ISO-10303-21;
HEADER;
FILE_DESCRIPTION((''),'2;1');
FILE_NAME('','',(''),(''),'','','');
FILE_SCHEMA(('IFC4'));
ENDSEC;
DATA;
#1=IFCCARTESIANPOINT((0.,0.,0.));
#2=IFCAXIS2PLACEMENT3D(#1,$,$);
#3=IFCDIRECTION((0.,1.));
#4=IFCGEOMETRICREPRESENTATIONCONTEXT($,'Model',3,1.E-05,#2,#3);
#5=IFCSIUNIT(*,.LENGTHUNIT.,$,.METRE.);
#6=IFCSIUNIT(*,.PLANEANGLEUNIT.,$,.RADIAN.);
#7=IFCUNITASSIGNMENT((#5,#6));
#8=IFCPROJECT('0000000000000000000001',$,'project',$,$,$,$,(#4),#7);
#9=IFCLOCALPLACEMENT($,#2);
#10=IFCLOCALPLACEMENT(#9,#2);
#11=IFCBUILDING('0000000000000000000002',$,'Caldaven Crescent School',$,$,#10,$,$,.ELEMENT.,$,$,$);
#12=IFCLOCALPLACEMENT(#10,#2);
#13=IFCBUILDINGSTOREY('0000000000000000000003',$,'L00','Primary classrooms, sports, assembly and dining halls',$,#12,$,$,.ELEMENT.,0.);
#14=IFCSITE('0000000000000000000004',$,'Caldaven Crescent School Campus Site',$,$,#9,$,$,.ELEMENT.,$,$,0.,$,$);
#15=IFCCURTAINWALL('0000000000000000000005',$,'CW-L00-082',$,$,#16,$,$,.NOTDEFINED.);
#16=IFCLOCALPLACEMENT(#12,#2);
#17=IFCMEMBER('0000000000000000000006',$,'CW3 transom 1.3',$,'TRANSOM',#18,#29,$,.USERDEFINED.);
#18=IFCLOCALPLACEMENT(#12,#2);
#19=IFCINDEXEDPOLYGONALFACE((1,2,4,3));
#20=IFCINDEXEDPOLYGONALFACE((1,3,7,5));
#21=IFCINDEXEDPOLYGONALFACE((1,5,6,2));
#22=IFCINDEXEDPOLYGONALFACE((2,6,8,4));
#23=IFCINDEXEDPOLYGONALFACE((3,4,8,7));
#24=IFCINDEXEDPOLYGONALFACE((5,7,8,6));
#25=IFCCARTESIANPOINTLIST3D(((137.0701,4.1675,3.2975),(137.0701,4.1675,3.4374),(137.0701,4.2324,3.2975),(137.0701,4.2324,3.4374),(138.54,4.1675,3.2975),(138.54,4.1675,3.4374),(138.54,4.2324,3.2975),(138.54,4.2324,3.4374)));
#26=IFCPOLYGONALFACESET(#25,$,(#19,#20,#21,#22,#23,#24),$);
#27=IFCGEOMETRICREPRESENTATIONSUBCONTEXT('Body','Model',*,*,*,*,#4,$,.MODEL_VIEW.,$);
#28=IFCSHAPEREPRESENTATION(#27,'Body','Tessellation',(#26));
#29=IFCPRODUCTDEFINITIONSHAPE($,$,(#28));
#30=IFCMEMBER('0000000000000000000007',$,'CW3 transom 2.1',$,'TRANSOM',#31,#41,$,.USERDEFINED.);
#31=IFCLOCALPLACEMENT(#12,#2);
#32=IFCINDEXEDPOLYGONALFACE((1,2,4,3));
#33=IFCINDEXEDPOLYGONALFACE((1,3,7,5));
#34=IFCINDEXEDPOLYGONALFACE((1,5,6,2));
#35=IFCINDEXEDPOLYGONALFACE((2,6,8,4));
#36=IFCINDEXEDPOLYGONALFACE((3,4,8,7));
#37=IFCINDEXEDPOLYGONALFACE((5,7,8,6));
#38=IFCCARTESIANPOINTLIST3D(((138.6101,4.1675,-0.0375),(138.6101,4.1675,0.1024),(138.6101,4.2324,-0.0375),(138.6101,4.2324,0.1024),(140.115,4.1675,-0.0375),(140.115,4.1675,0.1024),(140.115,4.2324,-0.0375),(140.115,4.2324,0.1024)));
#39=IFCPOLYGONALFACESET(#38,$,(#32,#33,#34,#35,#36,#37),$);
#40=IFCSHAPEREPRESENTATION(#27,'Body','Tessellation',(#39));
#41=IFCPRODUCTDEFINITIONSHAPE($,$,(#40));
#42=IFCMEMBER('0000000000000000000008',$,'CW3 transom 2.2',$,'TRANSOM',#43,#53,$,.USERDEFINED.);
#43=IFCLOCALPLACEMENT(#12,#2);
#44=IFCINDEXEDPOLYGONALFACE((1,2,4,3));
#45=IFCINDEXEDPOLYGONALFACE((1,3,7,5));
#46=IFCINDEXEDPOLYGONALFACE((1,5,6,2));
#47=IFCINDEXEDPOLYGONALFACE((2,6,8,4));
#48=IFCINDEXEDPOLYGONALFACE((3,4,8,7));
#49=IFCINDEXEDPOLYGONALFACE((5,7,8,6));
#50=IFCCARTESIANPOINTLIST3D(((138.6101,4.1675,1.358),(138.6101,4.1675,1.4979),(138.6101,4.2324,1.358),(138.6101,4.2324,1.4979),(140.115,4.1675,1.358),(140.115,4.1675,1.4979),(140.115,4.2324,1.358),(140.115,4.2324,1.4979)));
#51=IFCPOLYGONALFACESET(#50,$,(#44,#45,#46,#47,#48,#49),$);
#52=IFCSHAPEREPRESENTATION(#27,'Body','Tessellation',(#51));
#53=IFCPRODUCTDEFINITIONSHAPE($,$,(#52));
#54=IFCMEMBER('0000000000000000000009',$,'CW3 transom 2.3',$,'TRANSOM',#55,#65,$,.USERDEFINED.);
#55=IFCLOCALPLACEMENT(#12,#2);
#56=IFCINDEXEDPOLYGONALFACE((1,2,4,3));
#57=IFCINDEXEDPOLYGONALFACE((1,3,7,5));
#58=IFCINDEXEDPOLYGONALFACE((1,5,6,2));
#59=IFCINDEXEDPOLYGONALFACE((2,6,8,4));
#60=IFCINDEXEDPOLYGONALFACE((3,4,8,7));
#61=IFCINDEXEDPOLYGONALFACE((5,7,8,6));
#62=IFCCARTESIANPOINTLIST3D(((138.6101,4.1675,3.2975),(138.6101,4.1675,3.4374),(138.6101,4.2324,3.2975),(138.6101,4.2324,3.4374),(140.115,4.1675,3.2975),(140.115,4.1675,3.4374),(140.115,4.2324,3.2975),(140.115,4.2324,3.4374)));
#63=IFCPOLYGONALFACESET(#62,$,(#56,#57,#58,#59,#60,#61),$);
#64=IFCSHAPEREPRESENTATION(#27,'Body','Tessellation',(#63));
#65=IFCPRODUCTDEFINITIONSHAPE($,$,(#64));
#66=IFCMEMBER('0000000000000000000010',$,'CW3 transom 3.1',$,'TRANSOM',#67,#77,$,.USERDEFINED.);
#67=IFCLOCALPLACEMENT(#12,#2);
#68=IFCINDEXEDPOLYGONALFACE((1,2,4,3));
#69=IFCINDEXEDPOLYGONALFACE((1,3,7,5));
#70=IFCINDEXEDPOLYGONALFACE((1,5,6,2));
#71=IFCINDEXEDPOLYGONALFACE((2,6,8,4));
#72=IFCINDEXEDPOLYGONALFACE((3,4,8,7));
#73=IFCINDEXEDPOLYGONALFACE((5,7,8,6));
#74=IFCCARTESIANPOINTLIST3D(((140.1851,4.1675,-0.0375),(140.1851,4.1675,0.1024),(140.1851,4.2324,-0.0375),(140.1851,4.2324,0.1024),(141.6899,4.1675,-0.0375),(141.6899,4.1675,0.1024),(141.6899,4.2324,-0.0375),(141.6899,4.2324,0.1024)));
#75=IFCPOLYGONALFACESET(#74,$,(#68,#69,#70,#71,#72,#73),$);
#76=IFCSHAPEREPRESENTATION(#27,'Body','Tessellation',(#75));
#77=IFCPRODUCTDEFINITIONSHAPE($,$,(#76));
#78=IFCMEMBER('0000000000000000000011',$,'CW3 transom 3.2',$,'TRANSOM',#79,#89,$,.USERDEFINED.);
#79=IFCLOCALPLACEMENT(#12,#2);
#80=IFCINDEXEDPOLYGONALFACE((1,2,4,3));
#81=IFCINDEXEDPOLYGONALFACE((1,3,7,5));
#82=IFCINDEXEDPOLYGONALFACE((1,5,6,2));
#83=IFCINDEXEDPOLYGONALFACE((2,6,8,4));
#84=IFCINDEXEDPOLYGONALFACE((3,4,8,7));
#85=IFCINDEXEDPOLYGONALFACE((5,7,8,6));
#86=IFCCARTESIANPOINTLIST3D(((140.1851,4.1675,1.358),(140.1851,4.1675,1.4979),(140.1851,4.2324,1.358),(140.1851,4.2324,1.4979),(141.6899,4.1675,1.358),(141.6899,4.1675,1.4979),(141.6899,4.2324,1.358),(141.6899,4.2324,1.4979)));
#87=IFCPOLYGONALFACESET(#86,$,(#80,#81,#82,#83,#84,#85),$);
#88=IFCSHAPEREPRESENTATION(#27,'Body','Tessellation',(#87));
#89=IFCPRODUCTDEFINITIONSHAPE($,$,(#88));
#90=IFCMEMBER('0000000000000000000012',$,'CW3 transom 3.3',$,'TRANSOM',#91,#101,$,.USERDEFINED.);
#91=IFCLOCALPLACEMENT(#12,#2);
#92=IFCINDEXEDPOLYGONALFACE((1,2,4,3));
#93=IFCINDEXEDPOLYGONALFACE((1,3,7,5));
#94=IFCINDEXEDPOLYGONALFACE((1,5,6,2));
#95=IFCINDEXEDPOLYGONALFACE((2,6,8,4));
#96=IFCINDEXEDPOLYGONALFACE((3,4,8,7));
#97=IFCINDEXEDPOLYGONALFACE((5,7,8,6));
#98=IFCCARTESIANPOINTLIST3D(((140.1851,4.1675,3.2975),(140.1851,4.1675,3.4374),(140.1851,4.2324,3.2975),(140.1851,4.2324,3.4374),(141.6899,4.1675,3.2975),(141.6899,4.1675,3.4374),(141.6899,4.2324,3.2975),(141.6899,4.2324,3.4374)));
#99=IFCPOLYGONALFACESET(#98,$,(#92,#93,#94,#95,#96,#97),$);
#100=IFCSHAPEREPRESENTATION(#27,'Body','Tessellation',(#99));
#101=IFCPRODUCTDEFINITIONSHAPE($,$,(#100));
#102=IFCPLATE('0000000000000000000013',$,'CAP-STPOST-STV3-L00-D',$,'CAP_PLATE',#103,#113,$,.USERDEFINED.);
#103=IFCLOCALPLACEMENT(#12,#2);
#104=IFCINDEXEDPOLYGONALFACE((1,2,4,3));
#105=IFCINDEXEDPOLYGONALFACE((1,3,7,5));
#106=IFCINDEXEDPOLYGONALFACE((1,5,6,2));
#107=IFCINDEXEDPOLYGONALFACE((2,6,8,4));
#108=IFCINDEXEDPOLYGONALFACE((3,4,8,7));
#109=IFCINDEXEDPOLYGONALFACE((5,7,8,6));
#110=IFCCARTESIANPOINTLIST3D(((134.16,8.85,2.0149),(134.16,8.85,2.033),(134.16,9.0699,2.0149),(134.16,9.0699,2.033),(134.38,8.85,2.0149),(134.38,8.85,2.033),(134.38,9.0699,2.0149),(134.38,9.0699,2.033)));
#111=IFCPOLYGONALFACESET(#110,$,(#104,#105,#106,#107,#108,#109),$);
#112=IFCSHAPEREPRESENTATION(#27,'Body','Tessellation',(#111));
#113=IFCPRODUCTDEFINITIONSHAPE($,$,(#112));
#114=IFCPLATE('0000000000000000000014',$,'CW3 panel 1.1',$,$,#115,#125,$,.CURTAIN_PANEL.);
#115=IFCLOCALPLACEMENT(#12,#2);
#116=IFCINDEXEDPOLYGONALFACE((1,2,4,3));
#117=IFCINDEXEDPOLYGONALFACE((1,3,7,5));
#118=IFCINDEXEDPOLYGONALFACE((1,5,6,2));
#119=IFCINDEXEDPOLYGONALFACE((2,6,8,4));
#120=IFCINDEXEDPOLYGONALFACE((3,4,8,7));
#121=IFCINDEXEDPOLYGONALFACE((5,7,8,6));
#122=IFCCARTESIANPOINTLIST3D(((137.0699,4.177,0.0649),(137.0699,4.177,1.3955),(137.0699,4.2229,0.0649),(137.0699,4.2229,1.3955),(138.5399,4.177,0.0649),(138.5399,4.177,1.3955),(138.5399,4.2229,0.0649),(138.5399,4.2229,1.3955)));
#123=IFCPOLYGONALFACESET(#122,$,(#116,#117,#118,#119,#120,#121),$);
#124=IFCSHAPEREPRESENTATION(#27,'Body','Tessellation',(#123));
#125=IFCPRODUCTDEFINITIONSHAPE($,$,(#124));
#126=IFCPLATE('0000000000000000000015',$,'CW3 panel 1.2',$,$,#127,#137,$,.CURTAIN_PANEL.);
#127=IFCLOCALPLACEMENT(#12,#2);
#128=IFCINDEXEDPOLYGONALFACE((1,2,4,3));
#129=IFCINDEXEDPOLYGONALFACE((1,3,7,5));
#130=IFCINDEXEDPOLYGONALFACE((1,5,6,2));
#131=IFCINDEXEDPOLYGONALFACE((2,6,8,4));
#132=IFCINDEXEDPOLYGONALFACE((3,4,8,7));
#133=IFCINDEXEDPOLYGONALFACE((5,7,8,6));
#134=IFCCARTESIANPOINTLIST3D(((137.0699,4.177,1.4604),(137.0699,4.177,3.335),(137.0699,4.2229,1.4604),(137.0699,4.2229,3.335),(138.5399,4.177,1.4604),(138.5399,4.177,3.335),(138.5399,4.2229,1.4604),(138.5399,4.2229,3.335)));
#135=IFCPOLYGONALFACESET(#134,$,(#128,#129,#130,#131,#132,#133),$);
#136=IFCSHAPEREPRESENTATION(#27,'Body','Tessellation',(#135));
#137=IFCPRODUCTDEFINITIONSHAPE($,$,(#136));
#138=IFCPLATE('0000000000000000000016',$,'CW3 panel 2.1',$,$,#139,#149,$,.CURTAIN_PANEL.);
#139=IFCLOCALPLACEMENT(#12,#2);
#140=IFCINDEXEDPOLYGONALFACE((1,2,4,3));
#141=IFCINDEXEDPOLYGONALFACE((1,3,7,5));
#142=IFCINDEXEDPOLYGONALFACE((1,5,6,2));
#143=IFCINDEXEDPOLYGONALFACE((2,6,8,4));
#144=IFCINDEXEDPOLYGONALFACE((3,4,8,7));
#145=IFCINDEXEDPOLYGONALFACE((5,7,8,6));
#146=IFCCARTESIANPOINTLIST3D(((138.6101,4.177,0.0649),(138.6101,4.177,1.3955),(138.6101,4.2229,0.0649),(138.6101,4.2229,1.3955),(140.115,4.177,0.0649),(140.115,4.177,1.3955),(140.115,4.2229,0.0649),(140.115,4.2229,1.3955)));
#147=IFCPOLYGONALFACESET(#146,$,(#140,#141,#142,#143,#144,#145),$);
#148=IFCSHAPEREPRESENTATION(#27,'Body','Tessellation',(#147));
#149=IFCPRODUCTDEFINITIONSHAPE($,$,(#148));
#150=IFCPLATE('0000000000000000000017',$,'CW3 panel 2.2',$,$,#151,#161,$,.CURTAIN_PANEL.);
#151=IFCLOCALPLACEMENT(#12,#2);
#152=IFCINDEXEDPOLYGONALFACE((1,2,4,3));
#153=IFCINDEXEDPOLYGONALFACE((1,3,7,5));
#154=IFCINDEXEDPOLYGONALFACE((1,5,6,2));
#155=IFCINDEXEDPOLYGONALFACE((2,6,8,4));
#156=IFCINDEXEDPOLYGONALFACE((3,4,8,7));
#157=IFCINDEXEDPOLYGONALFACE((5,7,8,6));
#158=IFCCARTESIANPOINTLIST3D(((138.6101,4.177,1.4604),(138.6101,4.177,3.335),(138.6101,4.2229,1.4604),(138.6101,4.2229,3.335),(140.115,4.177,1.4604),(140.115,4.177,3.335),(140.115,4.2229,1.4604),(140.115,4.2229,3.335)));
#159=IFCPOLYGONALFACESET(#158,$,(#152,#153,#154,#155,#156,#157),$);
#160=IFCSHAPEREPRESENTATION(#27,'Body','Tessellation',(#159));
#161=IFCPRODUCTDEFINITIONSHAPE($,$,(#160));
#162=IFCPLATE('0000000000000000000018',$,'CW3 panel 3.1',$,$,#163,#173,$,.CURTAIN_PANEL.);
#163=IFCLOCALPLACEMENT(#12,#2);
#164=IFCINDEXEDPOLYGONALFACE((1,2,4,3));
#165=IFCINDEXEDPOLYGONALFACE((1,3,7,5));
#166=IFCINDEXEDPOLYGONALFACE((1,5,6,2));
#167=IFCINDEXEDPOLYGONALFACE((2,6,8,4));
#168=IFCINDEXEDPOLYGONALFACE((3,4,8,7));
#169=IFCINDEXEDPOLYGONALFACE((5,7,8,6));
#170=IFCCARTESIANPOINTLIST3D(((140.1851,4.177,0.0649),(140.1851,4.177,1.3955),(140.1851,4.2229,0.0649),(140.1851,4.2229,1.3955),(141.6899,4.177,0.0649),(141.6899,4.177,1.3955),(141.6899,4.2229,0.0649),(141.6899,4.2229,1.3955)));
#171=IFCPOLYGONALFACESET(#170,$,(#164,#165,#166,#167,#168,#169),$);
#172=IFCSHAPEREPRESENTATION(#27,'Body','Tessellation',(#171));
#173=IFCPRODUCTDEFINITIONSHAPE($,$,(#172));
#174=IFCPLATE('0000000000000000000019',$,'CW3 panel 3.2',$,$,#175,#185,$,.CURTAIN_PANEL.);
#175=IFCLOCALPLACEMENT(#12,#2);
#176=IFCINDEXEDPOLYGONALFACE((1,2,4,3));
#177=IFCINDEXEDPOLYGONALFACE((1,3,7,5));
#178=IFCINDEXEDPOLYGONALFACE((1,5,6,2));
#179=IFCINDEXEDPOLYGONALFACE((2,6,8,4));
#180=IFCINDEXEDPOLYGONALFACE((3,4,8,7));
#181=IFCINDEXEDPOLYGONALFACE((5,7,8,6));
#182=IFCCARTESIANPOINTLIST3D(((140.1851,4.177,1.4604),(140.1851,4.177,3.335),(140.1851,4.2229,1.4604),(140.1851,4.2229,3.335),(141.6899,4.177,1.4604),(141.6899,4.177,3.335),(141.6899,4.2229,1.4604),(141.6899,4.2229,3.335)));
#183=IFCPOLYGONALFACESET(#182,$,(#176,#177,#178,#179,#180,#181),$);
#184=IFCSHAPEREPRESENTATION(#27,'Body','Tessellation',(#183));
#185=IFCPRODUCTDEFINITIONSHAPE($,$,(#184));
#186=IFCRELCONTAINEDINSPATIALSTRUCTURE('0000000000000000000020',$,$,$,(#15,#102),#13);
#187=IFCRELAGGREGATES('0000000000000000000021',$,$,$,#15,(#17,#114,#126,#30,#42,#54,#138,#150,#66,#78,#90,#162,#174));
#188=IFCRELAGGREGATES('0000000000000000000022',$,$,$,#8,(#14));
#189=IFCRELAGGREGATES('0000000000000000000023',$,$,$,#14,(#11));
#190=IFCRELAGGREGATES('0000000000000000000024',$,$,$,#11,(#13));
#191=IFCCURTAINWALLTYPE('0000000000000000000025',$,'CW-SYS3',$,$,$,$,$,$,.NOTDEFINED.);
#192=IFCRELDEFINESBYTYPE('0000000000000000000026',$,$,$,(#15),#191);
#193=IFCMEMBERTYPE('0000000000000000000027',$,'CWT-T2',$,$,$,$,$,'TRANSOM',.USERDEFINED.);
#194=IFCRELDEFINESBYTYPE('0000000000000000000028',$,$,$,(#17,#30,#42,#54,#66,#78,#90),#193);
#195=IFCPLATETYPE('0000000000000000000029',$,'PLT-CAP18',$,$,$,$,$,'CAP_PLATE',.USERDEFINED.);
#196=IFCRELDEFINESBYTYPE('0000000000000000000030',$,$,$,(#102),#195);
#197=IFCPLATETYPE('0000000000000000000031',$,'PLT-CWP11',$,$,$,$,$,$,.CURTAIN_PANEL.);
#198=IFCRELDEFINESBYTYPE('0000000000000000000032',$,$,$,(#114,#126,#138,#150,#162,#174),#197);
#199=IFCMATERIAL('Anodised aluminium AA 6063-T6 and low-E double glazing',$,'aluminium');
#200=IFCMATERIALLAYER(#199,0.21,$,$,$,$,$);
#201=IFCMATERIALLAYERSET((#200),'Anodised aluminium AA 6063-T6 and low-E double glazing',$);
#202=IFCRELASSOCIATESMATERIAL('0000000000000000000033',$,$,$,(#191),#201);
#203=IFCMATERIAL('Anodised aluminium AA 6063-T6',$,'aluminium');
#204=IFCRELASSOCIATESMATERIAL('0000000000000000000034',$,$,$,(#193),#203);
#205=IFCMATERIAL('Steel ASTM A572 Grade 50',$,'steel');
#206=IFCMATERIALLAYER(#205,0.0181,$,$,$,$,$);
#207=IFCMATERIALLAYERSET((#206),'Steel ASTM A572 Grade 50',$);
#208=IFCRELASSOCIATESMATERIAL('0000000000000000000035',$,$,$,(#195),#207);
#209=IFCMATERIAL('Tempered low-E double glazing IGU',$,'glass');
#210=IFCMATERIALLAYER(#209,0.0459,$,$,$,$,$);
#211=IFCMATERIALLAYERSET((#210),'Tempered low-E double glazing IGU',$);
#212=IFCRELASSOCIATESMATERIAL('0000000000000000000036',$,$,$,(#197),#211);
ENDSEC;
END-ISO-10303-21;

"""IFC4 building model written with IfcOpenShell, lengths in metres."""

from ifc_helpers import new_model, si_unit, direction, frame, origin, origin_2d, place, context, subcontext, project, spatial, rectangle, extrude, material, layer, layer_set, material_profile, profile_set, type_object, element, aggregate, save


model = new_model("IFC4")

# Units and contexts
model_context = context("Model", 3, precision=1e-05, world=origin(), true_north=direction((0.0, 1.0)))
body_context = subcontext(model_context, "Body", "Model", "MODEL_VIEW")
ifc_project = project(units=[si_unit("LENGTHUNIT", "METRE"), si_unit("PLANEANGLEUNIT", "RADIAN")], contexts=[model_context])

# Site, building, storey
site_placement = place(None, origin())
site = spatial("IfcSite", under=ifc_project, at=site_placement, Name="Caldaven Crescent School Campus Site", CompositionType="ELEMENT", RefElevation=0.0)
building_placement = place(site_placement, origin())
building = spatial("IfcBuilding", under=site, at=building_placement, Name="Caldaven Crescent School", CompositionType="ELEMENT")
storey_placement = place(building_placement, origin())
storey = spatial("IfcBuildingStorey", under=building, at=storey_placement, Name="L00", Description="Primary classrooms, sports, assembly and dining halls", CompositionType="ELEMENT", Elevation=0.0)

# Curtain wall, members
ifc_material_1 = material(Name="Anodised aluminium AA 6063-T6 and low-E double glazing", Category="aluminium")
ifc_layer_1 = layer(ifc_material_1, 0.21)
ifc_layer_set_1 = layer_set([ifc_layer_1], Name="Anodised aluminium AA 6063-T6 and low-E double glazing")
curtain_wall_type = type_object("IfcCurtainWallType", Name="CW-SYS3", PredefinedType="NOTDEFINED", material=ifc_layer_set_1)
curtain_wall_placement = place(storey_placement, origin())
curtain_wall = element("IfcCurtainWall", 1, at=curtain_wall_placement, inside=storey, type_object=curtain_wall_type, Name="CW-L00-082", PredefinedType="NOTDEFINED")
ifc_material_2 = material(Name="Anodised aluminium AA 6063-T6", Category="aluminium")
ifc_material_profile_1 = material_profile(ifc_material_2, rectangle(XDim=0.0649, YDim=0.1399, at=origin_2d()), Name="CWT 65x140")
ifc_profile_set_1 = profile_set([ifc_material_profile_1], Name="Anodised aluminium AA 6063-T6")
member_type_1 = type_object("IfcMemberType", Name="CWT-T2", ElementType="TRANSOM", PredefinedType="USERDEFINED", material=ifc_profile_set_1)
member_1_placement = place(storey_placement, frame((137.0701, 4.2, 3.3674), z_axis=(1.0, 0.0, 0.0), x_axis=(0.0, 1.0, 0.0)))
member_1 = element("IfcMember", 2, at=member_1_placement, type_object=member_type_1, Name="CW3 transom 1.3", ObjectType="TRANSOM", PredefinedType="USERDEFINED", context=body_context, shape_type="SweptSolid", body=[
    extrude(rectangle(XDim=0.0649, YDim=0.1399, at=origin_2d()), origin(), (0.0, 0.0, 1.0), 1.47),
])
member_2_placement = place(storey_placement, frame((138.6101, 4.2, 0.0325), z_axis=(1.0, 0.0, 0.0), x_axis=(0.0, 1.0, 0.0)))
member_2 = element("IfcMember", 3, at=member_2_placement, type_object=member_type_1, Name="CW3 transom 2.1", ObjectType="TRANSOM", PredefinedType="USERDEFINED", context=body_context, shape_type="SweptSolid", body=[
    extrude(rectangle(XDim=0.0649, YDim=0.1399, at=origin_2d()), origin(), (0.0, 0.0, 1.0), 1.5049),
])
member_3_placement = place(storey_placement, frame((138.6101, 4.2, 1.428), z_axis=(1.0, 0.0, 0.0), x_axis=(0.0, 1.0, 0.0)))
member_3 = element("IfcMember", 4, at=member_3_placement, type_object=member_type_1, Name="CW3 transom 2.2", ObjectType="TRANSOM", PredefinedType="USERDEFINED", context=body_context, shape_type="SweptSolid", body=[
    extrude(rectangle(XDim=0.0649, YDim=0.1399, at=origin_2d()), origin(), (0.0, 0.0, 1.0), 1.5049),
])
member_4_placement = place(storey_placement, frame((138.6101, 4.2, 3.3674), z_axis=(1.0, 0.0, 0.0), x_axis=(0.0, 1.0, 0.0)))
member_4 = element("IfcMember", 5, at=member_4_placement, type_object=member_type_1, Name="CW3 transom 2.3", ObjectType="TRANSOM", PredefinedType="USERDEFINED", context=body_context, shape_type="SweptSolid", body=[
    extrude(rectangle(XDim=0.0649, YDim=0.1399, at=origin_2d()), origin(), (0.0, 0.0, 1.0), 1.5049),
])
member_5_placement = place(storey_placement, frame((140.1851, 4.2, 0.0325), z_axis=(1.0, 0.0, 0.0), x_axis=(0.0, 1.0, 0.0)))
member_5 = element("IfcMember", 6, at=member_5_placement, type_object=member_type_1, Name="CW3 transom 3.1", ObjectType="TRANSOM", PredefinedType="USERDEFINED", context=body_context, shape_type="SweptSolid", body=[
    extrude(rectangle(XDim=0.0649, YDim=0.1399, at=origin_2d()), origin(), (0.0, 0.0, 1.0), 1.5049),
])
member_6_placement = place(storey_placement, frame((140.1851, 4.2, 1.428), z_axis=(1.0, 0.0, 0.0), x_axis=(0.0, 1.0, 0.0)))
member_6 = element("IfcMember", 7, at=member_6_placement, type_object=member_type_1, Name="CW3 transom 3.2", ObjectType="TRANSOM", PredefinedType="USERDEFINED", context=body_context, shape_type="SweptSolid", body=[
    extrude(rectangle(XDim=0.0649, YDim=0.1399, at=origin_2d()), origin(), (0.0, 0.0, 1.0), 1.5049),
])
member_7_placement = place(storey_placement, frame((140.1851, 4.2, 3.3674), z_axis=(1.0, 0.0, 0.0), x_axis=(0.0, 1.0, 0.0)))
member_7 = element("IfcMember", 8, at=member_7_placement, type_object=member_type_1, Name="CW3 transom 3.3", ObjectType="TRANSOM", PredefinedType="USERDEFINED", context=body_context, shape_type="SweptSolid", body=[
    extrude(rectangle(XDim=0.0649, YDim=0.1399, at=origin_2d()), origin(), (0.0, 0.0, 1.0), 1.5049),
])

# Plates
ifc_material_3 = material(Name="Steel ASTM A572 Grade 50", Category="steel")
ifc_layer_2 = layer(ifc_material_3, 0.0181)
ifc_layer_set_2 = layer_set([ifc_layer_2], Name="Steel ASTM A572 Grade 50")
plate_type_1 = type_object("IfcPlateType", Name="PLT-CAP18", ElementType="CAP_PLATE", PredefinedType="USERDEFINED", material=ifc_layer_set_2)
plate_1_placement = place(storey_placement, frame((134.27, 8.96, 2.0149), z_axis=(0.0, 0.0, 1.0), x_axis=(1.0, 0.0, 0.0)))
element("IfcPlate", 9, at=plate_1_placement, inside=storey, type_object=plate_type_1, Name="CAP-STPOST-STV3-L00-D", ObjectType="CAP_PLATE", PredefinedType="USERDEFINED", context=body_context, shape_type="SweptSolid", body=[
    extrude(rectangle(XDim=0.22, YDim=0.22, at=origin_2d()), origin(), (0.0, 0.0, 1.0), 0.0181),
])
ifc_material_4 = material(Name="Tempered low-E double glazing IGU", Category="glass")
ifc_layer_3 = layer(ifc_material_4, 0.0459)
ifc_layer_set_3 = layer_set([ifc_layer_3], Name="Tempered low-E double glazing IGU")
plate_type_2 = type_object("IfcPlateType", Name="PLT-CWP11", PredefinedType="CURTAIN_PANEL", material=ifc_layer_set_3)
plate_2_placement = place(storey_placement, frame((137.8049, 4.2, 0.0649), z_axis=(0.0, 0.0, 1.0), x_axis=(1.0, 0.0, 0.0)))
plate_2 = element("IfcPlate", 10, at=plate_2_placement, type_object=plate_type_2, Name="CW3 panel 1.1", PredefinedType="CURTAIN_PANEL", context=body_context, shape_type="SweptSolid", body=[
    extrude(rectangle(XDim=1.47, YDim=0.0459, at=origin_2d()), origin(), (0.0, 0.0, 1.0), 1.3306),
])
plate_3_placement = place(storey_placement, frame((137.8049, 4.2, 1.4604), z_axis=(0.0, 0.0, 1.0), x_axis=(1.0, 0.0, 0.0)))
plate_3 = element("IfcPlate", 11, at=plate_3_placement, type_object=plate_type_2, Name="CW3 panel 1.2", PredefinedType="CURTAIN_PANEL", context=body_context, shape_type="SweptSolid", body=[
    extrude(rectangle(XDim=1.47, YDim=0.0459, at=origin_2d()), origin(), (0.0, 0.0, 1.0), 1.8745),
])
plate_4_placement = place(storey_placement, frame((139.3625, 4.2, 0.0649), z_axis=(0.0, 0.0, 1.0), x_axis=(1.0, 0.0, 0.0)))
plate_4 = element("IfcPlate", 12, at=plate_4_placement, type_object=plate_type_2, Name="CW3 panel 2.1", PredefinedType="CURTAIN_PANEL", context=body_context, shape_type="SweptSolid", body=[
    extrude(rectangle(XDim=1.5049, YDim=0.0459, at=origin_2d()), origin(), (0.0, 0.0, 1.0), 1.3306),
])
plate_5_placement = place(storey_placement, frame((139.3625, 4.2, 1.4604), z_axis=(0.0, 0.0, 1.0), x_axis=(1.0, 0.0, 0.0)))
plate_5 = element("IfcPlate", 13, at=plate_5_placement, type_object=plate_type_2, Name="CW3 panel 2.2", PredefinedType="CURTAIN_PANEL", context=body_context, shape_type="SweptSolid", body=[
    extrude(rectangle(XDim=1.5049, YDim=0.0459, at=origin_2d()), origin(), (0.0, 0.0, 1.0), 1.8745),
])
plate_6_placement = place(storey_placement, frame((140.9375, 4.2, 0.0649), z_axis=(0.0, 0.0, 1.0), x_axis=(1.0, 0.0, 0.0)))
plate_6 = element("IfcPlate", 14, at=plate_6_placement, type_object=plate_type_2, Name="CW3 panel 3.1", PredefinedType="CURTAIN_PANEL", context=body_context, shape_type="SweptSolid", body=[
    extrude(rectangle(XDim=1.5049, YDim=0.0459, at=origin_2d()), origin(), (0.0, 0.0, 1.0), 1.3306),
])
plate_7_placement = place(storey_placement, frame((140.9375, 4.2, 1.4604), z_axis=(0.0, 0.0, 1.0), x_axis=(1.0, 0.0, 0.0)))
plate_7 = element("IfcPlate", 15, at=plate_7_placement, type_object=plate_type_2, Name="CW3 panel 3.2", PredefinedType="CURTAIN_PANEL", context=body_context, shape_type="SweptSolid", body=[
    extrude(rectangle(XDim=1.5049, YDim=0.0459, at=origin_2d()), origin(), (0.0, 0.0, 1.0), 1.8745),
])
aggregate(curtain_wall, [member_1, plate_2, plate_3, member_2, member_3, member_4, plate_4, plate_5, member_5, member_6, member_7, plate_6, plate_7])

save(model, "model.ifc")
